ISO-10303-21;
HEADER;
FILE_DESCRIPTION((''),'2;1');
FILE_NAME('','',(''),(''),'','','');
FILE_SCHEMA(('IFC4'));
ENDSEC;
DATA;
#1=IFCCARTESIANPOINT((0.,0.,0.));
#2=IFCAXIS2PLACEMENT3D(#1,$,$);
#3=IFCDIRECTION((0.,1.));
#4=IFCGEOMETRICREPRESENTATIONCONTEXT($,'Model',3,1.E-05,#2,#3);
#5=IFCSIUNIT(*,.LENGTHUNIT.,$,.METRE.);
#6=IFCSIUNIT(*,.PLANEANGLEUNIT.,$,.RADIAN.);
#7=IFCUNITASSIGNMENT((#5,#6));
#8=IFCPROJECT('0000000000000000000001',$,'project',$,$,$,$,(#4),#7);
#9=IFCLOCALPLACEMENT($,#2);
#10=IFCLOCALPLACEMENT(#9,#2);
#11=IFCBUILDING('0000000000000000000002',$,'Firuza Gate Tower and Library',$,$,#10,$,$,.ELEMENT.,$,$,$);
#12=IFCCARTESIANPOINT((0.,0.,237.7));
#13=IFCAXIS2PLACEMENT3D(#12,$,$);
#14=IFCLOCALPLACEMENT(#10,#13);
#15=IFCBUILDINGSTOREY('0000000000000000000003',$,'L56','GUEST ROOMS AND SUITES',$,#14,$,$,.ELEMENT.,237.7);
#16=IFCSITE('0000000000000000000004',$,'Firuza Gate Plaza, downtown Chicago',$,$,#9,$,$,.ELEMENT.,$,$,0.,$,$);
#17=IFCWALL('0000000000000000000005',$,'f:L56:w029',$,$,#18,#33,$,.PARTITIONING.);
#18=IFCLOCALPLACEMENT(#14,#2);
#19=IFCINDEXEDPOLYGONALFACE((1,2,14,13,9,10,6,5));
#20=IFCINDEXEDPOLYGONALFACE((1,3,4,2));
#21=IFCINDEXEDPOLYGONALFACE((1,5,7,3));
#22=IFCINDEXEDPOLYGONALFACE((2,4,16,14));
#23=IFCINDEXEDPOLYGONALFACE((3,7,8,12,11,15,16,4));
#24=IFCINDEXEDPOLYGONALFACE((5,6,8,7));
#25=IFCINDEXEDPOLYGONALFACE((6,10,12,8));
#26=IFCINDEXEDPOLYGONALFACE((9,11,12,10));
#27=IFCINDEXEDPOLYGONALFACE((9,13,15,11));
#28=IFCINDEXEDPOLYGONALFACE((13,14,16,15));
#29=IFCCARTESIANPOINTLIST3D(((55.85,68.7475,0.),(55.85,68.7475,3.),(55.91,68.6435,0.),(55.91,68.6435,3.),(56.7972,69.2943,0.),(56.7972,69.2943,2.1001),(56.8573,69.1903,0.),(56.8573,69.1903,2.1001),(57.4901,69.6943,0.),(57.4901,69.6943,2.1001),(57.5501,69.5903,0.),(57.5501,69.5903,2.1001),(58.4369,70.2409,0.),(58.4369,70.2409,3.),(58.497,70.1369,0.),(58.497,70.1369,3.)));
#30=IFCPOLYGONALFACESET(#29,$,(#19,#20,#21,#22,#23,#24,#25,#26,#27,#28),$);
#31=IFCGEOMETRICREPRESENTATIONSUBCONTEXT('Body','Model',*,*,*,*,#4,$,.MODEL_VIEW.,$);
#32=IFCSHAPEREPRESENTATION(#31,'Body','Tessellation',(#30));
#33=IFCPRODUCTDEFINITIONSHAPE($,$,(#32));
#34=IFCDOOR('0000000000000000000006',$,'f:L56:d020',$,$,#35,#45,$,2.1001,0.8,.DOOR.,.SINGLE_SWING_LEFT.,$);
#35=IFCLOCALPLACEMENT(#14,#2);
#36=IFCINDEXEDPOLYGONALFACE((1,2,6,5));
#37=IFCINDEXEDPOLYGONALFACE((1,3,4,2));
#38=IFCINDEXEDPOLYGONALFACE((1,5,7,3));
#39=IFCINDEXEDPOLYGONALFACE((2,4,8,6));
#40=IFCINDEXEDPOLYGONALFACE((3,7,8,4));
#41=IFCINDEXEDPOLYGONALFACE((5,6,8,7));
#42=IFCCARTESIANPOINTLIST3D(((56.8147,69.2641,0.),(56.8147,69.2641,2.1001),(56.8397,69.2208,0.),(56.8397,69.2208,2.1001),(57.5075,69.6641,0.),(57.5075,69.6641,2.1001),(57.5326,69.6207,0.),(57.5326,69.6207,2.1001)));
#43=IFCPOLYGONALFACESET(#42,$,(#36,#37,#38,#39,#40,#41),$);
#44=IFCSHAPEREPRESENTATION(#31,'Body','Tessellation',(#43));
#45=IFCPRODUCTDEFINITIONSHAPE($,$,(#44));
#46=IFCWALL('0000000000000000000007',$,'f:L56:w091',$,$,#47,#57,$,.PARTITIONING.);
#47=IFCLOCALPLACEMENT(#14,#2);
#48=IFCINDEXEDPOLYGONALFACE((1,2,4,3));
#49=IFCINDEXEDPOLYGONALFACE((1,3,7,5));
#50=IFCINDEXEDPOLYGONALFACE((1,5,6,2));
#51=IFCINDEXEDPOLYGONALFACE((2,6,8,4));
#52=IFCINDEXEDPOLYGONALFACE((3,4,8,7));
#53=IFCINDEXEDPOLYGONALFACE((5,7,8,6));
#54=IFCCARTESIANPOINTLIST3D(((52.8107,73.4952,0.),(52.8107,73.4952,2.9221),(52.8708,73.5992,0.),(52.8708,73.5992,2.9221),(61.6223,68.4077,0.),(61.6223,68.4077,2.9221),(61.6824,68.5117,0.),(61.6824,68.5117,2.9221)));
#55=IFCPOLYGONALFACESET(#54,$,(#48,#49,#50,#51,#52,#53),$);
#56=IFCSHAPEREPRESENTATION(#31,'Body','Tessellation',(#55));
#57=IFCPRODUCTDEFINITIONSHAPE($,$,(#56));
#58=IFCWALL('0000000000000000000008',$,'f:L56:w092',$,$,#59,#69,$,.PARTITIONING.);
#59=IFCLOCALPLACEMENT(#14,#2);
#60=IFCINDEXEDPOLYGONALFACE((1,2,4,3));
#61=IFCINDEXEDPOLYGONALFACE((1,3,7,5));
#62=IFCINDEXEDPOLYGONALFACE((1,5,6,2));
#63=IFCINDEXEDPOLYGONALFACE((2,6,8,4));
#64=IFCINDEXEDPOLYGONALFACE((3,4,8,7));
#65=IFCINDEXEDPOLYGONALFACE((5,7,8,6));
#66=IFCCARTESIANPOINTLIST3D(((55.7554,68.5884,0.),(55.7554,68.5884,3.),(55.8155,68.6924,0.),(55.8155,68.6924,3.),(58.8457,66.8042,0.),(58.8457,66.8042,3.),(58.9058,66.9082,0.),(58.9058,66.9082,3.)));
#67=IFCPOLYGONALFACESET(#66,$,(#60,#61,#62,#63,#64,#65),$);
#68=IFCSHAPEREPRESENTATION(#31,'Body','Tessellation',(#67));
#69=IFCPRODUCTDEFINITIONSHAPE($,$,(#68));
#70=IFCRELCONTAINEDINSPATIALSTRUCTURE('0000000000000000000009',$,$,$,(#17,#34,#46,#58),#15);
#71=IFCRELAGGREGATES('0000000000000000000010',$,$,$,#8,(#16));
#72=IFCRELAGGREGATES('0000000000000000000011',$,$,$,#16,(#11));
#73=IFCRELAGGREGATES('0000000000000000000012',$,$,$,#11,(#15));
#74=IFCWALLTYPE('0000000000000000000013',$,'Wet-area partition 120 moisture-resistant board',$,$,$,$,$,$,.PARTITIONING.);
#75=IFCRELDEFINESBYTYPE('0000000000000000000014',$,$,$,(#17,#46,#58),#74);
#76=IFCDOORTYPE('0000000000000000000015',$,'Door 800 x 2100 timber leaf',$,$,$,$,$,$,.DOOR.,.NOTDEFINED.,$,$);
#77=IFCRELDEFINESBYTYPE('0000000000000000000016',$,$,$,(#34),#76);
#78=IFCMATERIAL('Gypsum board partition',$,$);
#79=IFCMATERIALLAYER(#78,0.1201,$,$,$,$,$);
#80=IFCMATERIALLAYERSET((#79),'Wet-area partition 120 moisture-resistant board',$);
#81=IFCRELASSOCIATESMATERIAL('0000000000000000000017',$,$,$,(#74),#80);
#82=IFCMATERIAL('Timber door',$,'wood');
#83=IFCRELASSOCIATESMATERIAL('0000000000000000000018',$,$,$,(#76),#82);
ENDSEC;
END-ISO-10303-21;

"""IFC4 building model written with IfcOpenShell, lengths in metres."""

from ifc_helpers import new_model, si_unit, direction, frame, frame_2d, origin, place, context, subcontext, project, spatial, rectangle, extrude, material, layer, layer_set, type_object, element, fill, save


model = new_model("IFC4")

# Units and contexts
model_context = context("Model", 3, precision=1e-05, world=origin(), true_north=direction((0.0, 1.0)))
body_context = subcontext(model_context, "Body", "Model", "MODEL_VIEW")
ifc_project = project(units=[si_unit("LENGTHUNIT", "METRE"), si_unit("PLANEANGLEUNIT", "RADIAN")], contexts=[model_context])

# Site, building, storey
site_placement = place(None, origin())
site = spatial("IfcSite", under=ifc_project, at=site_placement, Name="Firuza Gate Plaza, downtown Chicago", CompositionType="ELEMENT", RefElevation=0.0)
building_placement = place(site_placement, origin())
building = spatial("IfcBuilding", under=site, at=building_placement, Name="Firuza Gate Tower and Library", CompositionType="ELEMENT")
storey_placement = place(building_placement, frame((0.0, 0.0, 237.7)))
storey = spatial("IfcBuildingStorey", under=building, at=storey_placement, Name="L56", Description="GUEST ROOMS AND SUITES", CompositionType="ELEMENT", Elevation=237.7)

# Wall, opening, door
ifc_material_1 = material(Name="Gypsum board partition")
ifc_layer_1 = layer(ifc_material_1, 0.1201)
ifc_layer_set_1 = layer_set([ifc_layer_1], Name="Wet-area partition 120 moisture-resistant board")
wall_type_1 = type_object("IfcWallType", Name="Wet-area partition 120 moisture-resistant board", PredefinedType="PARTITIONING", material=ifc_layer_set_1)
wall_1_placement = place(storey_placement, frame((58.467, 70.189, 0.0), z_axis=(0.0, 0.0, 1.0), x_axis=(-0.866047, -0.499963, 0.0)))
wall_1 = element("IfcWall", 1, at=wall_1_placement, inside=storey, type_object=wall_type_1, Name="f:L56:w029", PredefinedType="PARTITIONING", context=body_context, shape_type="SweptSolid", body=[
    extrude(rectangle(XDim=2.9871, YDim=0.1201, at=frame_2d((1.4937, 0.0))), origin(), (0.0, 0.0, 1.0), 3.0),
])
opening_1_placement = place(wall_1_placement, frame((1.0935, 0.0, 0.0)))
opening_1 = element("IfcOpeningElement", 2, at=opening_1_placement, cuts=wall_1, PredefinedType="OPENING", context=body_context, shape_type="SweptSolid", body=[
    extrude(rectangle(XDim=0.8, YDim=2.1001, at=frame_2d((0.3999, 1.05))), frame((0.0, 0.0701, 0.0), z_axis=(0.0, -1.0, 0.0), x_axis=(1.0, 0.0, 0.0)), (0.0, 0.0, 1.0), 0.1401),
])
ifc_material_2 = material(Name="Timber door", Category="wood")
door_type_1 = type_object("IfcDoorType", Name="Door 800 x 2100 timber leaf", OperationType="NOTDEFINED", PredefinedType="DOOR", material=ifc_material_2)
door_1_placement = place(opening_1_placement, origin())
door_1 = element("IfcDoor", 3, at=door_1_placement, inside=storey, type_object=door_type_1, Name="f:L56:d020", OperationType="SINGLE_SWING_LEFT", OverallHeight=2.1001, OverallWidth=0.8, PredefinedType="DOOR", context=body_context, shape_type="SweptSolid", body=[
    extrude(rectangle(XDim=0.8, YDim=2.1001, at=frame_2d((0.3999, 1.05))), frame((0.0, 0.0249, 0.0), z_axis=(0.0, -1.0, 0.0), x_axis=(1.0, 0.0, 0.0)), (0.0, 0.0, 1.0), 0.05),
])
fill(opening_1, door_1)

# Walls
wall_2_placement = place(storey_placement, frame((61.6523, 68.4597, 0.0), z_axis=(0.0, 0.0, 1.0), x_axis=(-0.866023, 0.500005, 0.0)))
element("IfcWall", 4, at=wall_2_placement, inside=storey, type_object=wall_type_1, Name="f:L56:w091", PredefinedType="PARTITIONING", context=body_context, shape_type="SweptSolid", body=[
    extrude(rectangle(XDim=10.1748, YDim=0.1201, at=frame_2d((5.0874, 0.0))), origin(), (0.0, 0.0, 1.0), 2.9221),
])
wall_3_placement = place(storey_placement, frame((58.8757, 66.8562, 0.0), z_axis=(0.0, 0.0, 1.0), x_axis=(-0.866028, 0.499995, 0.0)))
element("IfcWall", 5, at=wall_3_placement, inside=storey, type_object=wall_type_1, Name="f:L56:w092", PredefinedType="PARTITIONING", context=body_context, shape_type="SweptSolid", body=[
    extrude(rectangle(XDim=3.5684, YDim=0.1201, at=frame_2d((1.7842, 0.0))), origin(), (0.0, 0.0, 1.0), 3.0),
])

save(model, "model.ifc")
